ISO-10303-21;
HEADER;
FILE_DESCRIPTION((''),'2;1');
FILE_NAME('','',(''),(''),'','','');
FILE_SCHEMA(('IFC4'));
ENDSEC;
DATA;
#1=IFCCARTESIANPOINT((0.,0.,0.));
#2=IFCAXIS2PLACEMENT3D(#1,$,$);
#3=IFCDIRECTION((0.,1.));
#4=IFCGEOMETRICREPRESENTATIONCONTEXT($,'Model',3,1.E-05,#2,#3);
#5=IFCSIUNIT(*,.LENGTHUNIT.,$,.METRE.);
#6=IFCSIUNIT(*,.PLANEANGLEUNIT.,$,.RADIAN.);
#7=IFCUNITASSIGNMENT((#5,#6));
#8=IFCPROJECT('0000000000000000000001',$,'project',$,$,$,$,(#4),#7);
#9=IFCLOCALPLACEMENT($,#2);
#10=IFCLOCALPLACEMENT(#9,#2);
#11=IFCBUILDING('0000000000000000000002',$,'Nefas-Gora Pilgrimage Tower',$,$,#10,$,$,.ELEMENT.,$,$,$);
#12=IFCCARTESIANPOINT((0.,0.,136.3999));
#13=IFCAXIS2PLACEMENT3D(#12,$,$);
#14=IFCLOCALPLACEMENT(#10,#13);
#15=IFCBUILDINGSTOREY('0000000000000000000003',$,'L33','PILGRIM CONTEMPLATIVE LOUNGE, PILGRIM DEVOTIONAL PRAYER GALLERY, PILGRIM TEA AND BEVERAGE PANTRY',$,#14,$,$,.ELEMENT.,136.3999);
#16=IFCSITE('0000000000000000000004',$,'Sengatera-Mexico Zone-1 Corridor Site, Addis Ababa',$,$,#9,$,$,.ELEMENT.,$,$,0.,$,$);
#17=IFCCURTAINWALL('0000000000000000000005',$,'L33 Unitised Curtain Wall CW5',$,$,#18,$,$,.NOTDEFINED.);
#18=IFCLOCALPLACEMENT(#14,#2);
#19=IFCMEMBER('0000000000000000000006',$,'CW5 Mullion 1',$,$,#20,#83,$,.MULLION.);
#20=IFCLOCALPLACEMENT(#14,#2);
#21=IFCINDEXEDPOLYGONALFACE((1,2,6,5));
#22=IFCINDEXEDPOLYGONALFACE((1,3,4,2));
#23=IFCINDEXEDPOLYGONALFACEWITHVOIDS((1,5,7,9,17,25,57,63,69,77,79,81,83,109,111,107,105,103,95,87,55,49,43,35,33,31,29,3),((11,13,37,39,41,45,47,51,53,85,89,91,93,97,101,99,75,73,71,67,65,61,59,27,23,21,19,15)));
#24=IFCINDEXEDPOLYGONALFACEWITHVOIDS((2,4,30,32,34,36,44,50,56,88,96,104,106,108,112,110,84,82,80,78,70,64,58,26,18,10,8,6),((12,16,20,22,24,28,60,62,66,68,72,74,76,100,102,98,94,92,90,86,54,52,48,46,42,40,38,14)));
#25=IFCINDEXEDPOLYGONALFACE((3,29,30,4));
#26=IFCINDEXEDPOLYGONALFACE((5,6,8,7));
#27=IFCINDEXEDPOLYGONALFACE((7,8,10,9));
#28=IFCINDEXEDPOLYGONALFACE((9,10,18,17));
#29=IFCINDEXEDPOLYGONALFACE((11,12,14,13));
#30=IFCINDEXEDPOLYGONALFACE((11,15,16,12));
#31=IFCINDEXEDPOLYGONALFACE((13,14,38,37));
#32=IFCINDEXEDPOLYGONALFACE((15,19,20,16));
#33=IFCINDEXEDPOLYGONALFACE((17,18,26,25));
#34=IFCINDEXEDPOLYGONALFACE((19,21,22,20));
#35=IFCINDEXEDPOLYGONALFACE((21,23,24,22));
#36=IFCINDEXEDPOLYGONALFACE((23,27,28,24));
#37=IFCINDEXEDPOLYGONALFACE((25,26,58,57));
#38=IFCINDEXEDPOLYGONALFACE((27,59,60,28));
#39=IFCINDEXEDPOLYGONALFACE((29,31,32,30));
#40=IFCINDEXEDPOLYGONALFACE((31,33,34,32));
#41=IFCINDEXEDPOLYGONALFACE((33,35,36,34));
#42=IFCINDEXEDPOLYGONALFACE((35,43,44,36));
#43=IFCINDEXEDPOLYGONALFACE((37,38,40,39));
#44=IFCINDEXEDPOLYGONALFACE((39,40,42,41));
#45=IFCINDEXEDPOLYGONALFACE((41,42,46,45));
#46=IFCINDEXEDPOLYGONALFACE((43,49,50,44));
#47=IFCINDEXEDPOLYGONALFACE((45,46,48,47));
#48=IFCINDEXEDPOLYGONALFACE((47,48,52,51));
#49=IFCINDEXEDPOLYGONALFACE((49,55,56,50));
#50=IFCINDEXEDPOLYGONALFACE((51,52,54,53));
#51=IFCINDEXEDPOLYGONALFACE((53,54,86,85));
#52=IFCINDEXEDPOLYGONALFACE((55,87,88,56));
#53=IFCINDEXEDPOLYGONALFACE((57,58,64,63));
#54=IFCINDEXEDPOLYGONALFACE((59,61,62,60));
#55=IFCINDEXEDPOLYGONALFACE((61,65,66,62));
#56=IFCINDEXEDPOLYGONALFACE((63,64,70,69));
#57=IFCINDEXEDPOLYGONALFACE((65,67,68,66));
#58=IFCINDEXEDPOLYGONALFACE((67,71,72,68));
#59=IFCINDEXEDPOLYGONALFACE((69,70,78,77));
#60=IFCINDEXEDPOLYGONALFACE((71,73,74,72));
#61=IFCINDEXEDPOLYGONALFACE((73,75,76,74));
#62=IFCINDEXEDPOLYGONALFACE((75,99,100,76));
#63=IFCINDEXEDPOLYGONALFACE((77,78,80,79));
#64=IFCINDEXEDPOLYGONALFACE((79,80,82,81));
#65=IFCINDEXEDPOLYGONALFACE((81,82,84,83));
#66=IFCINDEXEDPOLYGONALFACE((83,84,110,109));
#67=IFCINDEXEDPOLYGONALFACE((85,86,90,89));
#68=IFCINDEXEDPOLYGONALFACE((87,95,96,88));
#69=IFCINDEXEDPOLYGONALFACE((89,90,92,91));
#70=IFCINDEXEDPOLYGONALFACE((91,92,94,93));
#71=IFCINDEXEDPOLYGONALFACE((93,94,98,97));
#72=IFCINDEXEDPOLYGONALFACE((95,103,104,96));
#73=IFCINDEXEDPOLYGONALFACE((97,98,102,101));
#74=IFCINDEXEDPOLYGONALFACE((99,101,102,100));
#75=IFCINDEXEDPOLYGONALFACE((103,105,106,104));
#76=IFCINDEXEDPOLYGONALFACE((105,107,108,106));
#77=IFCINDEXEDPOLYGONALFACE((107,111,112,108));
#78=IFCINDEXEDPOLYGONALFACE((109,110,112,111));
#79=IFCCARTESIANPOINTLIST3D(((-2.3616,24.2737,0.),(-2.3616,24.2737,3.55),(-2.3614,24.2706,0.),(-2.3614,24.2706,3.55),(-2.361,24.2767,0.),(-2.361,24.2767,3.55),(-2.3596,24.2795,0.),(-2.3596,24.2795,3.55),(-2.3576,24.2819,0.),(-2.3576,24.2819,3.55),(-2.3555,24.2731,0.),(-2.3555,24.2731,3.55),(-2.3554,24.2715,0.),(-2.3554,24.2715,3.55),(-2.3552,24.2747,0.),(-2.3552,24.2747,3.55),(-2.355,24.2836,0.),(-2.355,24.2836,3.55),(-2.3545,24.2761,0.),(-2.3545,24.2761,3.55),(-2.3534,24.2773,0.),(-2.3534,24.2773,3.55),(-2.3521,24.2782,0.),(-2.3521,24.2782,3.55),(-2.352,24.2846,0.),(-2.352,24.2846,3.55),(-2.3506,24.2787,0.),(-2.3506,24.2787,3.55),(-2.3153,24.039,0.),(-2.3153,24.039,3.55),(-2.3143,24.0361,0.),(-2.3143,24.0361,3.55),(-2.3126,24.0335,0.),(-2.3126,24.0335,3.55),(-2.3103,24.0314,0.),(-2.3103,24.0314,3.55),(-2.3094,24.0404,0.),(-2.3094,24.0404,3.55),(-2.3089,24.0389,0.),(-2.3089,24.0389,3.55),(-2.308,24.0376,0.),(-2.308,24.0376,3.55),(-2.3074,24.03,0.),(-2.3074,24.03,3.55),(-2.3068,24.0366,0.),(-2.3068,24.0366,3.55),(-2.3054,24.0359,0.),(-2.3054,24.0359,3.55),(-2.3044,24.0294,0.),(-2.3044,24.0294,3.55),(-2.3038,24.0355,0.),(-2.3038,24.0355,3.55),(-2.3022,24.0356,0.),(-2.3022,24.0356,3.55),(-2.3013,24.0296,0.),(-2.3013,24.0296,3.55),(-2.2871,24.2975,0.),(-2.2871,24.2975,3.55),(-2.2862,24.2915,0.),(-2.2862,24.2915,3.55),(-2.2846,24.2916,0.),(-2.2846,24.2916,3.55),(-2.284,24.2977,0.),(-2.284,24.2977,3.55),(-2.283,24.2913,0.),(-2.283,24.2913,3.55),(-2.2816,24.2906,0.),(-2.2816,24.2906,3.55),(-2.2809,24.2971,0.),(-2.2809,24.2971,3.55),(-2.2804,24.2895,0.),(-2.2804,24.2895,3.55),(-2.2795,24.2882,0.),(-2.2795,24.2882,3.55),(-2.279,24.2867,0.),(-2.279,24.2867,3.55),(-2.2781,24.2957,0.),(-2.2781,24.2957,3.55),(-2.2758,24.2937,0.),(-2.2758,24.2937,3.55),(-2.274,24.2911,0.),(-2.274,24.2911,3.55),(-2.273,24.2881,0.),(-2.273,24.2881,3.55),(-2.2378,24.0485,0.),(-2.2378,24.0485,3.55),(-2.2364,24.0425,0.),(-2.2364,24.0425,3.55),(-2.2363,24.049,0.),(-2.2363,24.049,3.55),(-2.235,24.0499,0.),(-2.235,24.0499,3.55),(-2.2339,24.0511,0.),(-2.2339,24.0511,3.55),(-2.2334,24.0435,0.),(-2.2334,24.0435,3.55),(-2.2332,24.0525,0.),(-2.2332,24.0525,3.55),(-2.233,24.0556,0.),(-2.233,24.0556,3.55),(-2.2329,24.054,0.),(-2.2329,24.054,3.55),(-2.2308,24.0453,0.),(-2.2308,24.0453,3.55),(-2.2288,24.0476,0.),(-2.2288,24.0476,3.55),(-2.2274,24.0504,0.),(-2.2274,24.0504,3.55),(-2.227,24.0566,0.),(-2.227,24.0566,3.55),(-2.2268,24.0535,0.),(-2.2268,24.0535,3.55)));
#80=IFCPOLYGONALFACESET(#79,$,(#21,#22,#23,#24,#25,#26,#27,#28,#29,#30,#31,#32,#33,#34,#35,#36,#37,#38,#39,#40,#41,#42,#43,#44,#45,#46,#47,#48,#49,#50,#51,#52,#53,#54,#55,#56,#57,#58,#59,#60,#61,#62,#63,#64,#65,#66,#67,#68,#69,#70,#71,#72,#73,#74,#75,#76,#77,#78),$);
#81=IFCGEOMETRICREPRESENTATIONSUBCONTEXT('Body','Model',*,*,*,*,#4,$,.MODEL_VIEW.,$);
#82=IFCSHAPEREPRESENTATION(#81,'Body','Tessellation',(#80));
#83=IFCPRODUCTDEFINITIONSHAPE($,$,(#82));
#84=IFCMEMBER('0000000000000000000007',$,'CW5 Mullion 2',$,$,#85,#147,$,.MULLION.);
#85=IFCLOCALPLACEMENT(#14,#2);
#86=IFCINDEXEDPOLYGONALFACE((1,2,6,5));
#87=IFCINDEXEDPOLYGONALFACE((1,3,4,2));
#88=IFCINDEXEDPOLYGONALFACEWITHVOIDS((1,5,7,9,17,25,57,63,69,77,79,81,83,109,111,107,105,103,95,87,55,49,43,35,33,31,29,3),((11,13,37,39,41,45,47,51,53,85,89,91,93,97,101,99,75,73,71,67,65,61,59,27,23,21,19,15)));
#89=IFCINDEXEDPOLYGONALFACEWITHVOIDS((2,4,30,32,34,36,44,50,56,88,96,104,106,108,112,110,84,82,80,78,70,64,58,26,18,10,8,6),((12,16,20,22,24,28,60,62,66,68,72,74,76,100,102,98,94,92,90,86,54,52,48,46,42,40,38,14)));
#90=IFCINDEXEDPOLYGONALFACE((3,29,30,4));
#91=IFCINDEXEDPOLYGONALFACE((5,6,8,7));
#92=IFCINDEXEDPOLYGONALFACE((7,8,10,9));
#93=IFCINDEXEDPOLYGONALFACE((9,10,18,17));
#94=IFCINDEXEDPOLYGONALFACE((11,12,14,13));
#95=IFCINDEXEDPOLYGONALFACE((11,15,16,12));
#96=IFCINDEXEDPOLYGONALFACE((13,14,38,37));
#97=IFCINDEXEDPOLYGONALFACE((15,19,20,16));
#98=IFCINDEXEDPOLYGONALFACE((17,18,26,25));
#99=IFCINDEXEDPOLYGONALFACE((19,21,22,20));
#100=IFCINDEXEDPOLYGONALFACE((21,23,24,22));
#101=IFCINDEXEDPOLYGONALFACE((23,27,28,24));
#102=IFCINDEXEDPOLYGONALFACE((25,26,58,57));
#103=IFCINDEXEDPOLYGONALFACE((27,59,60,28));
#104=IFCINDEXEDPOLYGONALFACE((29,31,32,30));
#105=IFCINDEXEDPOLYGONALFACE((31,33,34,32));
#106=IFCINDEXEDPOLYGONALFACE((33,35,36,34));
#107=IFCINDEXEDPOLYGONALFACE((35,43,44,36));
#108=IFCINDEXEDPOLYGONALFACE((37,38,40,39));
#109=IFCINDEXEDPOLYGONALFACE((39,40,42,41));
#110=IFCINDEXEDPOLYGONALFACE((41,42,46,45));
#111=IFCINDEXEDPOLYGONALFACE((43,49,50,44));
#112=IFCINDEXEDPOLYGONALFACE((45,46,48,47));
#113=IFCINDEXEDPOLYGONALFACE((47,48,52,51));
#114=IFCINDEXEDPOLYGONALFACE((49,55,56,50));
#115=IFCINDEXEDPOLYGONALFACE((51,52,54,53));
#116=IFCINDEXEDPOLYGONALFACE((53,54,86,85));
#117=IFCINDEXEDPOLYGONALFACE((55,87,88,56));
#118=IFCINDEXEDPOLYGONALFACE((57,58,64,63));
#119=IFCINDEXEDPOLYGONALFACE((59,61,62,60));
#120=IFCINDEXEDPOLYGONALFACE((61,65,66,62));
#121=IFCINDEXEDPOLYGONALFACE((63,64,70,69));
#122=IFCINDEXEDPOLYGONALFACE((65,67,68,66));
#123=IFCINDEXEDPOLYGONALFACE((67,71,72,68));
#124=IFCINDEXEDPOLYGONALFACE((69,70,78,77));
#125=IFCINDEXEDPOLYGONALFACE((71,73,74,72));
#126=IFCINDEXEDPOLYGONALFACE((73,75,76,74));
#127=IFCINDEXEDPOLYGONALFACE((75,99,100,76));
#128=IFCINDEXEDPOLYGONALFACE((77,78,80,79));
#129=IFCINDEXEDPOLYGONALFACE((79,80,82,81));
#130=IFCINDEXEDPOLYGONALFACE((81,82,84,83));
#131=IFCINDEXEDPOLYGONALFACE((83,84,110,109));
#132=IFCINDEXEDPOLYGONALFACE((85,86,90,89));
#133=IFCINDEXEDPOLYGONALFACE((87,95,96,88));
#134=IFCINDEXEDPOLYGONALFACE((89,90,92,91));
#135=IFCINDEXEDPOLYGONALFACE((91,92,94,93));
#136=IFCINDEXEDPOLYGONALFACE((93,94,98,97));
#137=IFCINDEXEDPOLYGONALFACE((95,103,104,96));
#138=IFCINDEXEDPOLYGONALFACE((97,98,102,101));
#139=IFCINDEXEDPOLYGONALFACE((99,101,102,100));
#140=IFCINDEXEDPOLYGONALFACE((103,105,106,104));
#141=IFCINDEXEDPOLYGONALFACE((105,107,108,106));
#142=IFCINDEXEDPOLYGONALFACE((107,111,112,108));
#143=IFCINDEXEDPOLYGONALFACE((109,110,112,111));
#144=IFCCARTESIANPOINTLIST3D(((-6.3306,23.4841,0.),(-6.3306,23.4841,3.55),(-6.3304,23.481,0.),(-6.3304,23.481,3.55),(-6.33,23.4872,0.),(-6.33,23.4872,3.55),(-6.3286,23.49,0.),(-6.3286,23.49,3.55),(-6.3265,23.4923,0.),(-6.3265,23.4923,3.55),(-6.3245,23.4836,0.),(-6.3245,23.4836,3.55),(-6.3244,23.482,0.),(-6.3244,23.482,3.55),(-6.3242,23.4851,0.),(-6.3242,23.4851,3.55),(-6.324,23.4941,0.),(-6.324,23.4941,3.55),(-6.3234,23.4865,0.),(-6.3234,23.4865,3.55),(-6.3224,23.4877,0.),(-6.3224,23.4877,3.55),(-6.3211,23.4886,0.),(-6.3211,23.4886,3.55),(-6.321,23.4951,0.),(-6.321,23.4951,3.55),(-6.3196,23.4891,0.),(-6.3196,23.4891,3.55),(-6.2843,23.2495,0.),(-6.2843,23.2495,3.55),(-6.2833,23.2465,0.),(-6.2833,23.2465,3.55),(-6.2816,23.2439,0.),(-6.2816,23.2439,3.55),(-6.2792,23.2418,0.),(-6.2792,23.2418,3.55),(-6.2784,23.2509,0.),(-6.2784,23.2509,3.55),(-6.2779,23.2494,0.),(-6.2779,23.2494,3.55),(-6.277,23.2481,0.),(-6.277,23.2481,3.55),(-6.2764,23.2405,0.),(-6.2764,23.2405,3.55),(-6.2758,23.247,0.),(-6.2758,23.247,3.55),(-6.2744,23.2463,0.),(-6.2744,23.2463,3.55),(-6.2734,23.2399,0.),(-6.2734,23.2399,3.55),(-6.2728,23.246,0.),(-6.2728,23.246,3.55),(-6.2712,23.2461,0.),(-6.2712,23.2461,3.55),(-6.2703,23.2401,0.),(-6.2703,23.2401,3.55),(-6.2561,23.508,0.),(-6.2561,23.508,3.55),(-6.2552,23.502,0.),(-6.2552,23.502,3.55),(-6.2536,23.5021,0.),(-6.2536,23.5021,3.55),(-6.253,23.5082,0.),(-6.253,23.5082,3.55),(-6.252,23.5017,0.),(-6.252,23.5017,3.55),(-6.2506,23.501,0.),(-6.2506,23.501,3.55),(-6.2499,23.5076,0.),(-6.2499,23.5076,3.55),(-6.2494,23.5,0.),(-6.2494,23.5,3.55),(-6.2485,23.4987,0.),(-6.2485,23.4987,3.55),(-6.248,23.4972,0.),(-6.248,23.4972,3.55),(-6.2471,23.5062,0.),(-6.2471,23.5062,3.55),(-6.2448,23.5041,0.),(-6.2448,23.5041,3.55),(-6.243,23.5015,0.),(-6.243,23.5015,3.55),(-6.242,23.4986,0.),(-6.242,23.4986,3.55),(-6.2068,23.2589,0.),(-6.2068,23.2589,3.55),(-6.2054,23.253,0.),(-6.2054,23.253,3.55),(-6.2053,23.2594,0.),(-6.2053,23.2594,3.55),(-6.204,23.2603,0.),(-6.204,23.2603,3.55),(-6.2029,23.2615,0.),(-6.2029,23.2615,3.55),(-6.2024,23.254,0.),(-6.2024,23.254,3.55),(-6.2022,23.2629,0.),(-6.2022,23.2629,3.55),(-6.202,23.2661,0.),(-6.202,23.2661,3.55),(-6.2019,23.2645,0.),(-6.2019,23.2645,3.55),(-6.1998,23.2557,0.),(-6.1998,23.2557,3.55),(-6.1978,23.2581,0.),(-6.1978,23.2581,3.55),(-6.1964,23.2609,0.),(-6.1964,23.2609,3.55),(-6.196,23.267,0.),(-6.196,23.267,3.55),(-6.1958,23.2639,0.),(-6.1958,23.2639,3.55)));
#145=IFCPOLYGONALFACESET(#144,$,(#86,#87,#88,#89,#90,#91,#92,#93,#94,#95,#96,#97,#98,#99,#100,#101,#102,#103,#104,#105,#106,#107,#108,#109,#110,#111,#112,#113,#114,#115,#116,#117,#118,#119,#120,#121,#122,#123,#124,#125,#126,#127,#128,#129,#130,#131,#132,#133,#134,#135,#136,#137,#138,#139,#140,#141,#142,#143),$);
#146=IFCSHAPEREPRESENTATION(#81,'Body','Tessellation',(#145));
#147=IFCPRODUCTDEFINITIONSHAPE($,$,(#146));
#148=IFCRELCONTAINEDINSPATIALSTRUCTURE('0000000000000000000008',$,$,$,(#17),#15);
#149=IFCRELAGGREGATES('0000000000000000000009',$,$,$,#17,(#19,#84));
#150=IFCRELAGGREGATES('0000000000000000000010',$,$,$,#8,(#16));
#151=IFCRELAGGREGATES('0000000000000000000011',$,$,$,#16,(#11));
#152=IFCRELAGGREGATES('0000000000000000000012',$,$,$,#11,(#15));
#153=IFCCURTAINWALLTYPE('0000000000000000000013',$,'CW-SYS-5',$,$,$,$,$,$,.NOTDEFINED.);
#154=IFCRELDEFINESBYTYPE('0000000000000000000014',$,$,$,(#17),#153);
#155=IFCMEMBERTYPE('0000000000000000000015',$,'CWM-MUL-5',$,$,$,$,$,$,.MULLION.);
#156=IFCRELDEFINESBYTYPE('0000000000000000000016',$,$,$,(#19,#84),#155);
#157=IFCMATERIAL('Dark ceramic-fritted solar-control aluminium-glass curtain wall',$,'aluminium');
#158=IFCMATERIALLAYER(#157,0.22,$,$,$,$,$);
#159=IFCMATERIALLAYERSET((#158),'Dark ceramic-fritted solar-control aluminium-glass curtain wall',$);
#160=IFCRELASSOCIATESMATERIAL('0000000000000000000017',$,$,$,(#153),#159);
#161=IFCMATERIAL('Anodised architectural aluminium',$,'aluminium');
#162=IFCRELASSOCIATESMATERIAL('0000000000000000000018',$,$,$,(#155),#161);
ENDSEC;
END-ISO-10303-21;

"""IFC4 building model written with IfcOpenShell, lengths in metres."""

from ifc_helpers import new_model, si_unit, direction, frame, origin, origin_2d, place, context, subcontext, project, spatial, hollow_rectangle, extrude, source, transform, mapped, material, layer, layer_set, material_profile, profile_set, type_object, element, aggregate, save


model = new_model("IFC4")

# Units and contexts
model_context = context("Model", 3, precision=1e-05, world=origin(), true_north=direction((0.0, 1.0)))
body_context = subcontext(model_context, "Body", "Model", "MODEL_VIEW")
ifc_project = project(units=[si_unit("LENGTHUNIT", "METRE"), si_unit("PLANEANGLEUNIT", "RADIAN")], contexts=[model_context])

# Site, building, storey
site_placement = place(None, origin())
site = spatial("IfcSite", under=ifc_project, at=site_placement, Name="Sengatera-Mexico Zone-1 Corridor Site, Addis Ababa", CompositionType="ELEMENT", RefElevation=0.0)
building_placement = place(site_placement, origin())
building = spatial("IfcBuilding", under=site, at=building_placement, Name="Nefas-Gora Pilgrimage Tower", CompositionType="ELEMENT")
storey_placement = place(building_placement, frame((0.0, 0.0, 136.3999)))
storey = spatial("IfcBuildingStorey", under=building, at=storey_placement, Name="L33", Description="PILGRIM CONTEMPLATIVE LOUNGE, PILGRIM DEVOTIONAL PRAYER GALLERY, PILGRIM TEA AND BEVERAGE PANTRY", CompositionType="ELEMENT", Elevation=136.3999)

# Curtain wall, members
ifc_material_1 = material(Name="Dark ceramic-fritted solar-control aluminium-glass curtain wall", Category="aluminium")
ifc_layer_1 = layer(ifc_material_1, 0.22)
ifc_layer_set_1 = layer_set([ifc_layer_1], Name="Dark ceramic-fritted solar-control aluminium-glass curtain wall")
curtain_wall_type = type_object("IfcCurtainWallType", Name="CW-SYS-5", PredefinedType="NOTDEFINED", material=ifc_layer_set_1)
curtain_wall_1_placement = place(storey_placement, origin())
curtain_wall_1 = element("IfcCurtainWall", 1, at=curtain_wall_1_placement, inside=storey, type_object=curtain_wall_type, Name="L33 Unitised Curtain Wall CW5", PredefinedType="NOTDEFINED")
ifc_material_2 = material(Name="Anodised architectural aluminium", Category="aluminium")
ifc_material_profile_1 = material_profile(ifc_material_2, hollow_rectangle(XDim=0.0901, YDim=0.26, WallThickness=0.0061, InnerFilletRadius=0.0061, OuterFilletRadius=0.012, at=origin_2d()), Name="ALU MULLION 90x260")
ifc_profile_set_1 = profile_set([ifc_material_profile_1], Name="Anodised architectural aluminium")
member_type_1 = type_object("IfcMemberType", Name="CWM-MUL-5", PredefinedType="MULLION", material=ifc_profile_set_1)
shared_shape_1 = source(origin(), body_context, "Body", "SweptSolid", [
    extrude(hollow_rectangle(XDim=0.0901, YDim=0.26, WallThickness=0.0061, InnerFilletRadius=0.0061, OuterFilletRadius=0.012, at=origin_2d()), origin(), (0.0, 0.0, 1.0), 3.55),
])
member_1_placement = place(storey_placement, frame((-2.2942, 24.1636, 0.0), z_axis=(0.0, 0.0, 1.0), x_axis=(-0.980783, -0.195102, 0.0)))
member_1 = element("IfcMember", 2, at=member_1_placement, type_object=member_type_1, Name="CW5 Mullion 1", PredefinedType="MULLION", context=body_context, shape_type="MappedRepresentation", body=[
    mapped(shared_shape_1, transform((0.0, 0.0, 0.0), x_axis=(1.0, 0.0, 0.0), y_axis=(0.0, 1.0, 0.0), z_axis=(0.0, 0.0, 1.0), scale=1.0)),
])
member_2_placement = place(storey_placement, frame((-6.2632, 23.374, 0.0), z_axis=(0.0, 0.0, 1.0), x_axis=(-0.980783, -0.195102, 0.0)))
member_2 = element("IfcMember", 3, at=member_2_placement, type_object=member_type_1, Name="CW5 Mullion 2", PredefinedType="MULLION", context=body_context, shape_type="MappedRepresentation", body=[
    mapped(shared_shape_1, transform((0.0, 0.0, 0.0), x_axis=(1.0, 0.0, 0.0), y_axis=(0.0, 1.0, 0.0), z_axis=(0.0, 0.0, 1.0), scale=1.0)),
])

aggregate(curtain_wall_1, [member_1, member_2])

save(model, "model.ifc")
